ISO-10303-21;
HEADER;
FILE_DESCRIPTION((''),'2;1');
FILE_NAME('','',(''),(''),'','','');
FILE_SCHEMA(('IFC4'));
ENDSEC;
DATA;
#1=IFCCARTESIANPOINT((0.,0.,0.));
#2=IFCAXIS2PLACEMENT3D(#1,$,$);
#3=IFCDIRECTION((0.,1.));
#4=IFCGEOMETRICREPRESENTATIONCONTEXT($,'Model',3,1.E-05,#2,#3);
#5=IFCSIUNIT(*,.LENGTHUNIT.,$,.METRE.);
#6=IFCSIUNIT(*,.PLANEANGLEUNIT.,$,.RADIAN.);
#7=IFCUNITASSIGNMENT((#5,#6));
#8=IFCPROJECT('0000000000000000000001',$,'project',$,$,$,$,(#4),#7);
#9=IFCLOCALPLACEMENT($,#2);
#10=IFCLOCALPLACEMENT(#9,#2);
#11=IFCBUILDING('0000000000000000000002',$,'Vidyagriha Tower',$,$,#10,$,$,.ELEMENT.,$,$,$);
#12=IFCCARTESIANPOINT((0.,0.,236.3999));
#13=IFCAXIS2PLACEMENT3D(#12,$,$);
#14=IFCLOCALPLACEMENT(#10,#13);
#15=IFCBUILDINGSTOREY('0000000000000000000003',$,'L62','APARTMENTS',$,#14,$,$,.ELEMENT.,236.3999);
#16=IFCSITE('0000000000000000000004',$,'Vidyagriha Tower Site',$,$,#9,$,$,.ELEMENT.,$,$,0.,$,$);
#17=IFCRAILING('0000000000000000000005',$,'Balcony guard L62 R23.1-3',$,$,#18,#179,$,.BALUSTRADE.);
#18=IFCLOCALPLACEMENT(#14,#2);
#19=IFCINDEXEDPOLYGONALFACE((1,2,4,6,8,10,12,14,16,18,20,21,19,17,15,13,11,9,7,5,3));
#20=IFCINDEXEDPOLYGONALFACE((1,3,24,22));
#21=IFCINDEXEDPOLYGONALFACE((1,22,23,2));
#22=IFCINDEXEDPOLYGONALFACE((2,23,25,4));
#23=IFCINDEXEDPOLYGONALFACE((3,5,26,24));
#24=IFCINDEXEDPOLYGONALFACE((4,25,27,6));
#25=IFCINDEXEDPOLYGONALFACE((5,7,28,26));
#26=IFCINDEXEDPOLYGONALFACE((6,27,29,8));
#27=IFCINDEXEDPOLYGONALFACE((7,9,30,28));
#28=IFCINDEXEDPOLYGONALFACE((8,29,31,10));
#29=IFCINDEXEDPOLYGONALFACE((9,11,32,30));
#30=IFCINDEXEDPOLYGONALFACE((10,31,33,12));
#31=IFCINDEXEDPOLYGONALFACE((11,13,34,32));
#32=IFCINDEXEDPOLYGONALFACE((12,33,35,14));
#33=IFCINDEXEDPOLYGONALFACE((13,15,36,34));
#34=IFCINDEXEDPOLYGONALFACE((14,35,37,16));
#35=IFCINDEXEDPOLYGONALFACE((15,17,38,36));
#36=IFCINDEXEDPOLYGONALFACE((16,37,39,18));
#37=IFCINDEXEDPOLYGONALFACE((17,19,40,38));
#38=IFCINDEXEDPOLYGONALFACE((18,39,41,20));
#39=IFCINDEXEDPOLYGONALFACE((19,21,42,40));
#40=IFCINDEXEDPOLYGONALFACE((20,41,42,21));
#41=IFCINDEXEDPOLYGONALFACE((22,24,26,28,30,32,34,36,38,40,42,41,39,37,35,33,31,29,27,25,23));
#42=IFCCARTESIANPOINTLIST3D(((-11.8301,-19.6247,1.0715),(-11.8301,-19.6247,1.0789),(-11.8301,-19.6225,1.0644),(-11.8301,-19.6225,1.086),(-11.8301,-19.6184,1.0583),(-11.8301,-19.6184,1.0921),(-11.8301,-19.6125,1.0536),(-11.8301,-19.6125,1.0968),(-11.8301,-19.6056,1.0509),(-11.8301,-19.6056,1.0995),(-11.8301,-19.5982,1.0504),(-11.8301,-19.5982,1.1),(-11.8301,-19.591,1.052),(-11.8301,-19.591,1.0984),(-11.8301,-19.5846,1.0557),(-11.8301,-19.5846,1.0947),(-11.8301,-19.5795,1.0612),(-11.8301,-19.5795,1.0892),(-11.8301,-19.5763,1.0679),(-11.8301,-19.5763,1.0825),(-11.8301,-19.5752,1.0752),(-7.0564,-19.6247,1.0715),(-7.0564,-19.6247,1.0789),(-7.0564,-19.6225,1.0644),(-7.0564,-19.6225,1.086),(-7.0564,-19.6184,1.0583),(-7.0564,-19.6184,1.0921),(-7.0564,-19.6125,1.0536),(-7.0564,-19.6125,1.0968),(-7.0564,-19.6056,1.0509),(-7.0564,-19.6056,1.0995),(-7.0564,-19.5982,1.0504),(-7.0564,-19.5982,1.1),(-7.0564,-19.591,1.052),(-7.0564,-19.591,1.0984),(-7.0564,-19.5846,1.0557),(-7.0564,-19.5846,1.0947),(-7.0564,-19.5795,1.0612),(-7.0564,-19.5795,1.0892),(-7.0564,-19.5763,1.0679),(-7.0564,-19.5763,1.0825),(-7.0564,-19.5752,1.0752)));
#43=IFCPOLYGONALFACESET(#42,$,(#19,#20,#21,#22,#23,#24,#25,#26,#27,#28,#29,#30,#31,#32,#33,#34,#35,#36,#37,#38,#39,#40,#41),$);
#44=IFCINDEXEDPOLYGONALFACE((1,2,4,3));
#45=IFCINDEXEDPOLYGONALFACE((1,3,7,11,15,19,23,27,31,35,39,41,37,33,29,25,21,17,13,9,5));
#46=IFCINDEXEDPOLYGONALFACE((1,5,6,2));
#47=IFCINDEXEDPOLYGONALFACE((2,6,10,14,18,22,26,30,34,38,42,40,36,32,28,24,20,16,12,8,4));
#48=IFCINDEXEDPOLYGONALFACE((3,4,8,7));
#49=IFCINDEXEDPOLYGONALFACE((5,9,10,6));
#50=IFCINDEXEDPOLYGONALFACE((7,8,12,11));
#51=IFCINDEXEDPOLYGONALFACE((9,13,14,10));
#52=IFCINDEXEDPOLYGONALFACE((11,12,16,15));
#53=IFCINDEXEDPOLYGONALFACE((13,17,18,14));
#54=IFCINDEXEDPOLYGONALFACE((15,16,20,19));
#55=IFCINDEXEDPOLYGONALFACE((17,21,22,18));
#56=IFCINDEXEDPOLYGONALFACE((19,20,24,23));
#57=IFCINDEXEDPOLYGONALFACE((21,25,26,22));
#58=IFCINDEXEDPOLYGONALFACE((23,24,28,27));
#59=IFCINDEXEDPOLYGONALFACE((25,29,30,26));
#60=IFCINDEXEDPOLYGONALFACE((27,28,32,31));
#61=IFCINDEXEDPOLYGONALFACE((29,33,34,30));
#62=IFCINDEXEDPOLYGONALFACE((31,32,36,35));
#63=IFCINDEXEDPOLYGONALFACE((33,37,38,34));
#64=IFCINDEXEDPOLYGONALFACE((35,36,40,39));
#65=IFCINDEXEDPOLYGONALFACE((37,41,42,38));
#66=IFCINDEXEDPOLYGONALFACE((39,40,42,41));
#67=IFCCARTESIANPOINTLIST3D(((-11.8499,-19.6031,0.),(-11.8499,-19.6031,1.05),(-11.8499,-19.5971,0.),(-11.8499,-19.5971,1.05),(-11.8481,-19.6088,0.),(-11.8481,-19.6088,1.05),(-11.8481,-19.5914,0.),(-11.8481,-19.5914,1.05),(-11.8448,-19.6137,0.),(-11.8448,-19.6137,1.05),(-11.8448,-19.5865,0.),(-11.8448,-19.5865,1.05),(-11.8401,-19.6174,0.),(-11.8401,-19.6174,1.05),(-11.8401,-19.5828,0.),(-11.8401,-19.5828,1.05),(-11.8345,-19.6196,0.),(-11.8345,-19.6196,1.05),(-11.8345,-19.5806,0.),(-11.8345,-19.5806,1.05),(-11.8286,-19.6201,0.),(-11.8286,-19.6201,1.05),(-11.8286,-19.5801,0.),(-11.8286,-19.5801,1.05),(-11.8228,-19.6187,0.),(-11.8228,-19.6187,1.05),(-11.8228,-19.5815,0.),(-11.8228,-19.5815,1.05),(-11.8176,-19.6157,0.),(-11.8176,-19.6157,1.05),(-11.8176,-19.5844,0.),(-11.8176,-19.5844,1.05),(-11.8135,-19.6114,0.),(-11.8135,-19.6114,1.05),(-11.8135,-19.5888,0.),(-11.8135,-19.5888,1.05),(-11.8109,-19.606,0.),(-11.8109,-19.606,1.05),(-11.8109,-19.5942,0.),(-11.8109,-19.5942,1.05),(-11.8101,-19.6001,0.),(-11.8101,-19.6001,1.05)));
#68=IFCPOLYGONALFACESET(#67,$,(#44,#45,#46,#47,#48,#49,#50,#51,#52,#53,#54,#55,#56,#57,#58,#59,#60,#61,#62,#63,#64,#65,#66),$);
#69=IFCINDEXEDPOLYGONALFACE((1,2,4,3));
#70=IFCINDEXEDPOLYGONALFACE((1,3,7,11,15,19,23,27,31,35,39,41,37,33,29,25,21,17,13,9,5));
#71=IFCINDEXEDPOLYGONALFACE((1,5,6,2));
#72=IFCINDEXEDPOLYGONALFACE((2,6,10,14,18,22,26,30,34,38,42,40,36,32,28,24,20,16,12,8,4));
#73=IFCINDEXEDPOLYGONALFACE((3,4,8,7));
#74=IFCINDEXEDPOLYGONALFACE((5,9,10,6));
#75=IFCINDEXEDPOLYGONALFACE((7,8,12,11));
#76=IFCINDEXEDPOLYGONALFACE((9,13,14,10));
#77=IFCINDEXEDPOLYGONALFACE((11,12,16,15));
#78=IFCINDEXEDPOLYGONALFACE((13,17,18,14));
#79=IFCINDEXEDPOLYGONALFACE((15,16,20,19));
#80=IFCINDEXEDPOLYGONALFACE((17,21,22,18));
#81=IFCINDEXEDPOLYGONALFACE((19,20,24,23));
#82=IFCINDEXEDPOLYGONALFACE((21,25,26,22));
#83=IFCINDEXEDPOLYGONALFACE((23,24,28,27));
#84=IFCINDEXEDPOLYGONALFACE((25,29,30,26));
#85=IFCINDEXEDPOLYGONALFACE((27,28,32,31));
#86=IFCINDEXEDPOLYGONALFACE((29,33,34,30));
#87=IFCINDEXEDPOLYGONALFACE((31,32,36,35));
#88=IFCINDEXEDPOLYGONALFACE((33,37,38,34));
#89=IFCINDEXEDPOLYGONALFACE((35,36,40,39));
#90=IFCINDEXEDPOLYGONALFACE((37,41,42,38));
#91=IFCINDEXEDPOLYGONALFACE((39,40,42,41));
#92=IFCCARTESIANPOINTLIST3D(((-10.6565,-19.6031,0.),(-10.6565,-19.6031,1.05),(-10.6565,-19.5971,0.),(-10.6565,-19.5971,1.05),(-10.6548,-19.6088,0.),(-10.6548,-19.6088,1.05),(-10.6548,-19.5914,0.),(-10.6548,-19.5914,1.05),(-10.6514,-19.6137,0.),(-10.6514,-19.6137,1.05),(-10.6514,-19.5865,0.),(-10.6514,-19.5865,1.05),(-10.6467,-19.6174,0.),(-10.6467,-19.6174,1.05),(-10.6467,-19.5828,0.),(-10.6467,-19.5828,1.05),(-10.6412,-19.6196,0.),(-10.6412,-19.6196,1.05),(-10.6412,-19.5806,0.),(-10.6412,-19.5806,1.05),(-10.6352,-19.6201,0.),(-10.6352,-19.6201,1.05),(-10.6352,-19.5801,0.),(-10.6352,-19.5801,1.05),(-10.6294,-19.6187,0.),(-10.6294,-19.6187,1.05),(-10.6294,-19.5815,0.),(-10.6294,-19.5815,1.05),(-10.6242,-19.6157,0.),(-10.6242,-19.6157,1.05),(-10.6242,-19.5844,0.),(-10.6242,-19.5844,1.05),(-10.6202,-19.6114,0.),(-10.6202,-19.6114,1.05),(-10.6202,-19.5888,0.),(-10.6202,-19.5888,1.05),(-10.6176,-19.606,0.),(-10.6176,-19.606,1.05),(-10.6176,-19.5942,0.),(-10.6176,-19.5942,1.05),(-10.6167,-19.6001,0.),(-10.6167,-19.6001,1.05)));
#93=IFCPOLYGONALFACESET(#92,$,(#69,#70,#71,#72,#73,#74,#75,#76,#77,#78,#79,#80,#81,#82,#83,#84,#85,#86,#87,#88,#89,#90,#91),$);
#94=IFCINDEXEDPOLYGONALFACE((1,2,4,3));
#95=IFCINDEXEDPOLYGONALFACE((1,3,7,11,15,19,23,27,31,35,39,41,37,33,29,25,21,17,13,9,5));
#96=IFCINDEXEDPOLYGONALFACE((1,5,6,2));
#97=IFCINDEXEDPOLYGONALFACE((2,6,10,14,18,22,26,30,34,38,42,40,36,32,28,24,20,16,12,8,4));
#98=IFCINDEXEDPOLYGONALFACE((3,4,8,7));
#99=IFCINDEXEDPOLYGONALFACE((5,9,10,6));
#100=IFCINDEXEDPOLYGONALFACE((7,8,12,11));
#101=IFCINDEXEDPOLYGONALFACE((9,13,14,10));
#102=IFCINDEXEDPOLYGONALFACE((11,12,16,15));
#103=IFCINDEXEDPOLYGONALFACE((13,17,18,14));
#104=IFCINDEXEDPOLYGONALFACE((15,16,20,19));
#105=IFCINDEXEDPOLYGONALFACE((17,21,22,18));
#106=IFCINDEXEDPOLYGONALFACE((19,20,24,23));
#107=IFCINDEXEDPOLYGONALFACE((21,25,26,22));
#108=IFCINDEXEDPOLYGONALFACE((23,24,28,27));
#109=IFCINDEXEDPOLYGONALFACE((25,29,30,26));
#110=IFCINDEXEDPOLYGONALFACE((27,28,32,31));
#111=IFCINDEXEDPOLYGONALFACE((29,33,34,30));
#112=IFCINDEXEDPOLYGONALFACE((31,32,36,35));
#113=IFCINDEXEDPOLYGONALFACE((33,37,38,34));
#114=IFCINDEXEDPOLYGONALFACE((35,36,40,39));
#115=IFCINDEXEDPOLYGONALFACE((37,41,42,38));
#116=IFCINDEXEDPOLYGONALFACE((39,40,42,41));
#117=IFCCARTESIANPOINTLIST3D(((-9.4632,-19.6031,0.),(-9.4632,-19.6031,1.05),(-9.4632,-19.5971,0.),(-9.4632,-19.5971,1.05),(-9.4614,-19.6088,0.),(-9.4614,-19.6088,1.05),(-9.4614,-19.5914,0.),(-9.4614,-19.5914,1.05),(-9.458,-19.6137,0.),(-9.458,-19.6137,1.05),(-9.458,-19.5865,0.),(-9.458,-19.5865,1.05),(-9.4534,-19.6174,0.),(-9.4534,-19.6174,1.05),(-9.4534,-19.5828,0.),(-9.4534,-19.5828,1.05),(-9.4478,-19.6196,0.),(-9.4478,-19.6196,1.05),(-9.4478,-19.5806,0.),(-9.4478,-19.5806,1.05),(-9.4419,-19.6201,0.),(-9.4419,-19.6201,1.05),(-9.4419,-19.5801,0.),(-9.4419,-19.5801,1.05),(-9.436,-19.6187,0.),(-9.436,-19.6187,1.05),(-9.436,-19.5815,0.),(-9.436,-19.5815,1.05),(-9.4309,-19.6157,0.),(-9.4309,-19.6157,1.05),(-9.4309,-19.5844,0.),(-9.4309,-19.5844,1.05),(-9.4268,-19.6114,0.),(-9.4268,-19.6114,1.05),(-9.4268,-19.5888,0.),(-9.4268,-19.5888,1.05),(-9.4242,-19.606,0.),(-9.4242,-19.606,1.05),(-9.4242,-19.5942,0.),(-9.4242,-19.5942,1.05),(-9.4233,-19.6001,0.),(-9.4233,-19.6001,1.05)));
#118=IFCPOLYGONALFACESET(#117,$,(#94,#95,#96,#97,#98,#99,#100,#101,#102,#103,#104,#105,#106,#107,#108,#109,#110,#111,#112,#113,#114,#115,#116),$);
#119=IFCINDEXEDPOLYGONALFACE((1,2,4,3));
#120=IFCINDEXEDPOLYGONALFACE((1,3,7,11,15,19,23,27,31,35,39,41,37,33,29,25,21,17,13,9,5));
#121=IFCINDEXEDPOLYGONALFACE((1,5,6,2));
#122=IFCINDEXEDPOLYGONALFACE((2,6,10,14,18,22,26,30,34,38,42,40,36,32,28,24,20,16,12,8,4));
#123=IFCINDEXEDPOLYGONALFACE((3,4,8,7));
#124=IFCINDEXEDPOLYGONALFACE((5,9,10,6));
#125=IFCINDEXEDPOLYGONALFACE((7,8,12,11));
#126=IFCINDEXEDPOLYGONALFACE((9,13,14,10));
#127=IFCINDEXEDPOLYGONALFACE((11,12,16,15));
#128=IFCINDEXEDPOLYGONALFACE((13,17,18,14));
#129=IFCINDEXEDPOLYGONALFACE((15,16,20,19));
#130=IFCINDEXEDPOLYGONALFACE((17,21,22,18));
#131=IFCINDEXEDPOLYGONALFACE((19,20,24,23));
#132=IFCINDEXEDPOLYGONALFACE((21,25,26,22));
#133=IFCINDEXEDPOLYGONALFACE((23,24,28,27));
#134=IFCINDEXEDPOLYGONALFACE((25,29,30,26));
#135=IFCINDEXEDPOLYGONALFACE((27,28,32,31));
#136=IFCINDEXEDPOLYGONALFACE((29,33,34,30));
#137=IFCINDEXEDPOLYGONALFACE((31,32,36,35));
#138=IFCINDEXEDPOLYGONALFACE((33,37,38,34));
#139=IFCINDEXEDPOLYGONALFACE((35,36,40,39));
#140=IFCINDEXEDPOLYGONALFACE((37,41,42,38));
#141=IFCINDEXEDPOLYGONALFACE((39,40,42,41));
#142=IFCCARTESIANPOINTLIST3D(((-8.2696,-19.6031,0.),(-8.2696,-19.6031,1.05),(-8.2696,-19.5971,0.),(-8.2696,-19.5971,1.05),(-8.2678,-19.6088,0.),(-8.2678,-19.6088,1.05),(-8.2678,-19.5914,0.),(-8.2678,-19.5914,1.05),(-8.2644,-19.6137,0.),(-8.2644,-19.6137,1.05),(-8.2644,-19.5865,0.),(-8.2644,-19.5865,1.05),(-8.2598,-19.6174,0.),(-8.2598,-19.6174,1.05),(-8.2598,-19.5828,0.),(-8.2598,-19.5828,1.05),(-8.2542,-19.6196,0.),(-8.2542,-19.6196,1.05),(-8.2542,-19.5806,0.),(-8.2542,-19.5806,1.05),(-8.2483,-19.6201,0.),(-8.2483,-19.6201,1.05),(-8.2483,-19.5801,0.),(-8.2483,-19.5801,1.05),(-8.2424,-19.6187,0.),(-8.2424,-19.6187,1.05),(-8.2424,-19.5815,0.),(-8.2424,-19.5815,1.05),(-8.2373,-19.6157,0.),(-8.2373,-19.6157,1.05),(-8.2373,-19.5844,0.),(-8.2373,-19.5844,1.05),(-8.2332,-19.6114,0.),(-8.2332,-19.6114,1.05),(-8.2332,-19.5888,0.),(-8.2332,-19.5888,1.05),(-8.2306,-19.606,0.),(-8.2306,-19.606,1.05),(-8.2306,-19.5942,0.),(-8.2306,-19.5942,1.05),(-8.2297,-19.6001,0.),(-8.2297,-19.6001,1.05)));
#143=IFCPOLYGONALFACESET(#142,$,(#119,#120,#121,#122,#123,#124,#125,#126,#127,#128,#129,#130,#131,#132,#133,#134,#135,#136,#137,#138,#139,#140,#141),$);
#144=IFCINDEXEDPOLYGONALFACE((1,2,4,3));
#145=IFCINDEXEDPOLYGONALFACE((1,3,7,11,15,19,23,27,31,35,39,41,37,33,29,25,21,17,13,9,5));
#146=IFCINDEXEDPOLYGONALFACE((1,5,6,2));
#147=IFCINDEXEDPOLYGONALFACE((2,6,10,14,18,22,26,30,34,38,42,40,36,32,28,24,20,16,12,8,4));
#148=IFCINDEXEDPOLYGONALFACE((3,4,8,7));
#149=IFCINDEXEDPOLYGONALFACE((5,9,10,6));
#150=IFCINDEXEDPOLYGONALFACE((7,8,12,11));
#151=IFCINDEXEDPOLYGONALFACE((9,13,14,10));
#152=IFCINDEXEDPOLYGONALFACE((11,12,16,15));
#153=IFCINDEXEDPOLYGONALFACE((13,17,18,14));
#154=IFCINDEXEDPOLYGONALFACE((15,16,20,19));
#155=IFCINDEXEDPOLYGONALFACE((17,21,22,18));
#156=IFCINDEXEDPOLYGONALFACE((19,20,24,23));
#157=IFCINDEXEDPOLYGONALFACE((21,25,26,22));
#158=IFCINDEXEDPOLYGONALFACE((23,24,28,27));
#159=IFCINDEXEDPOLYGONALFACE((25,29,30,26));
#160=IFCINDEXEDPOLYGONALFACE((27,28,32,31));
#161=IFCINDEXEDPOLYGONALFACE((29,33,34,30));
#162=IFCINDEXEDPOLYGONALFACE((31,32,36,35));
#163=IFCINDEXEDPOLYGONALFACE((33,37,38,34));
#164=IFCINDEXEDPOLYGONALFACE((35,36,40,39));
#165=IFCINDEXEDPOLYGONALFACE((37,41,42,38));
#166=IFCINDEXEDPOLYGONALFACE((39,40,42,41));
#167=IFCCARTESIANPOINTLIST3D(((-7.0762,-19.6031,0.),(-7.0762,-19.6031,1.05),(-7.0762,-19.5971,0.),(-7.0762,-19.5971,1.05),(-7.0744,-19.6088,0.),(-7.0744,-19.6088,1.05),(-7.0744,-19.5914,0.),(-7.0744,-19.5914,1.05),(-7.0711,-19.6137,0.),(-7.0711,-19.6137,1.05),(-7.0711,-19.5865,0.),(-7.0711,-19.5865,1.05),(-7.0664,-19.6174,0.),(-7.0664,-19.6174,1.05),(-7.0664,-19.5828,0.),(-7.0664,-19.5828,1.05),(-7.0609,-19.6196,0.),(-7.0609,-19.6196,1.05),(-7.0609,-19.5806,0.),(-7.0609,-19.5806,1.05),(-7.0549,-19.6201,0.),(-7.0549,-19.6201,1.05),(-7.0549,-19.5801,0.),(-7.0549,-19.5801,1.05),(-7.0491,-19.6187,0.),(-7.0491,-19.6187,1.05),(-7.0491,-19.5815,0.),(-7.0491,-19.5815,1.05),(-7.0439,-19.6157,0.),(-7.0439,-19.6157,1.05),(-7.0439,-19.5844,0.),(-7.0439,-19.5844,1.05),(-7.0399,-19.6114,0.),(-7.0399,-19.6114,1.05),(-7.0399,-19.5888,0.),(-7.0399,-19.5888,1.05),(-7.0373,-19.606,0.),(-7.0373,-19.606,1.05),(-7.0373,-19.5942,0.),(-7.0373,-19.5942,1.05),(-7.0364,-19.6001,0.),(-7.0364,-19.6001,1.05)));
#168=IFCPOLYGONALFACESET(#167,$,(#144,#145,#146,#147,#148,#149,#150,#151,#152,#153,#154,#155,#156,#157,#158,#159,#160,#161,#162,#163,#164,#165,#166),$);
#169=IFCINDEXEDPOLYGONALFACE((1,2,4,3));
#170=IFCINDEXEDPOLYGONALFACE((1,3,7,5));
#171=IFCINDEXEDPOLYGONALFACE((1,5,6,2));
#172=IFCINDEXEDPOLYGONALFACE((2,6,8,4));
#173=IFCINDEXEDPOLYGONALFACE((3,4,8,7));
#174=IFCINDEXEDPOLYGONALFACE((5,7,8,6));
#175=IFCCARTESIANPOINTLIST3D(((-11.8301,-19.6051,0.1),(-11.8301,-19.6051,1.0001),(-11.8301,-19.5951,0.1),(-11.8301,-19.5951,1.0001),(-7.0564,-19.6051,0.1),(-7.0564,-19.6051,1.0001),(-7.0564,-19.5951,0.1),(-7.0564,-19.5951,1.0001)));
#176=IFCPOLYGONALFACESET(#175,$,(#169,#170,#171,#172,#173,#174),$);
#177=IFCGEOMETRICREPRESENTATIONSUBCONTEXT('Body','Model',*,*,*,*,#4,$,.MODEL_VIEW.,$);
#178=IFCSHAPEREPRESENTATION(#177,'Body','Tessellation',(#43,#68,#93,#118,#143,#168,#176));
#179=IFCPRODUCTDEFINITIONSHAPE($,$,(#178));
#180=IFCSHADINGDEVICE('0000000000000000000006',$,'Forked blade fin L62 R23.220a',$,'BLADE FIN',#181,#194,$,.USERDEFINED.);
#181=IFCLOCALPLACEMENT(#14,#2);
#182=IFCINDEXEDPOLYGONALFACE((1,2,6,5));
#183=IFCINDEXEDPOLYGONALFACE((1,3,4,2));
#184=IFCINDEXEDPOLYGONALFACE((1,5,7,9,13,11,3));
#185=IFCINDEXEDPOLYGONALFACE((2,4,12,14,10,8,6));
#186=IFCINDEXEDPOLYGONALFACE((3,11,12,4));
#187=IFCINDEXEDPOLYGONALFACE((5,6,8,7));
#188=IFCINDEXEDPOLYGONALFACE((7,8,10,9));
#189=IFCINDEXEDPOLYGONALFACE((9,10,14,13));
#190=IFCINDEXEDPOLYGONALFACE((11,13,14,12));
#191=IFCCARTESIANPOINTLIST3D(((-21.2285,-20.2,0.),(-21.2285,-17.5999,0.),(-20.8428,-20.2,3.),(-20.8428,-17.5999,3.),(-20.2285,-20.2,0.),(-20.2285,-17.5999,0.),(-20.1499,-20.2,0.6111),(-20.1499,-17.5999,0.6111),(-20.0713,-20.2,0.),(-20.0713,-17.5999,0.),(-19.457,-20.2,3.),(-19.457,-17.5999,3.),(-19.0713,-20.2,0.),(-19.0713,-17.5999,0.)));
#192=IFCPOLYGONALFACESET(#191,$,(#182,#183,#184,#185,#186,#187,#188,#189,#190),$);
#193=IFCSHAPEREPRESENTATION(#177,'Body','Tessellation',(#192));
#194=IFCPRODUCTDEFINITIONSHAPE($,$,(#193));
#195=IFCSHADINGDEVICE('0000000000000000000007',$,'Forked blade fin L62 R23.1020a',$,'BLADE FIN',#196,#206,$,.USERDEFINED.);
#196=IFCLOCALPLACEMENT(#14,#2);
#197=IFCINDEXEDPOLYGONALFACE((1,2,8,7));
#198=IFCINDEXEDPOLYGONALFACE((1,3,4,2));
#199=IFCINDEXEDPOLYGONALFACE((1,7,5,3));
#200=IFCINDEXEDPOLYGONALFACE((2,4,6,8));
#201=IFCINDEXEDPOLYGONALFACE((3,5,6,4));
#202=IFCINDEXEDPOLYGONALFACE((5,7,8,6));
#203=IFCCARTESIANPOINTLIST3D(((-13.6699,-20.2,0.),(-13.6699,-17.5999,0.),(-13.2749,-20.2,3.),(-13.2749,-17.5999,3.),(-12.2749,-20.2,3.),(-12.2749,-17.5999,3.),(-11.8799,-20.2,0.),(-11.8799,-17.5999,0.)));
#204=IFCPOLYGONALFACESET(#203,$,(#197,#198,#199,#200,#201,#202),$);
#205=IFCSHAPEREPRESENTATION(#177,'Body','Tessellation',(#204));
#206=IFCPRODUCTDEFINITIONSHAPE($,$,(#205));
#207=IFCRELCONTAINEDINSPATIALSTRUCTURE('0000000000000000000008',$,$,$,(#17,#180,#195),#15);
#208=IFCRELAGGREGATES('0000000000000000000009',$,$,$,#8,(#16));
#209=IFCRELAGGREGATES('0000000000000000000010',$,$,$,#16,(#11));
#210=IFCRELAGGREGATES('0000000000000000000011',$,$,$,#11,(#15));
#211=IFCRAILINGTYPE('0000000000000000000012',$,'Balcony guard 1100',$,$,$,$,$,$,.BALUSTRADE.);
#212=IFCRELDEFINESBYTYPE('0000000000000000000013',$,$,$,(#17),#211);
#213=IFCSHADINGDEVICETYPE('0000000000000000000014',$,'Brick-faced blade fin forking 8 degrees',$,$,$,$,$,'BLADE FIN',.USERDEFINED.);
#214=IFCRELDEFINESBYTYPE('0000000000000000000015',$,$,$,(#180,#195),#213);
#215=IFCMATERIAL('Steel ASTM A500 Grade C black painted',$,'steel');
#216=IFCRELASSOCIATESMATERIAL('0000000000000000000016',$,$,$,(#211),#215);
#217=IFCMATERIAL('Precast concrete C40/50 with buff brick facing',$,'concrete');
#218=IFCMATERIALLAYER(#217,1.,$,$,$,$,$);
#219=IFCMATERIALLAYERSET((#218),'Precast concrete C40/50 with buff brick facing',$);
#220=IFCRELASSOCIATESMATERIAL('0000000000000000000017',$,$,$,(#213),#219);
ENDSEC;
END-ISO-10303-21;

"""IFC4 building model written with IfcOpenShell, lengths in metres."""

from ifc_helpers import new_model, si_unit, direction, frame, origin, origin_2d, place, context, subcontext, project, spatial, polyline, rectangle, circle, outline, extrude, material, layer, layer_set, type_object, element, save


model = new_model("IFC4")

# Units and contexts
model_context = context("Model", 3, precision=1e-05, world=origin(), true_north=direction((0.0, 1.0)))
body_context = subcontext(model_context, "Body", "Model", "MODEL_VIEW")
ifc_project = project(units=[si_unit("LENGTHUNIT", "METRE"), si_unit("PLANEANGLEUNIT", "RADIAN")], contexts=[model_context])

# Site, building, storey
site_placement = place(None, origin())
site = spatial("IfcSite", under=ifc_project, at=site_placement, Name="Vidyagriha Tower Site", CompositionType="ELEMENT", RefElevation=0.0)
building_placement = place(site_placement, origin())
building = spatial("IfcBuilding", under=site, at=building_placement, Name="Vidyagriha Tower", CompositionType="ELEMENT")
storey_placement = place(building_placement, frame((0.0, 0.0, 236.3999)))
storey = spatial("IfcBuildingStorey", under=building, at=storey_placement, Name="L62", Description="APARTMENTS", CompositionType="ELEMENT", Elevation=236.3999)

# Railing
ifc_material_1 = material(Name="Steel ASTM A500 Grade C black painted", Category="steel")
railing_type = type_object("IfcRailingType", Name="Balcony guard 1100", PredefinedType="BALUSTRADE", material=ifc_material_1)
railing_1_placement = place(storey_placement, frame((-11.8301, -19.6001, 0.0)))
element("IfcRailing", 1, at=railing_1_placement, inside=storey, type_object=railing_type, Name="Balcony guard L62 R23.1-3", PredefinedType="BALUSTRADE", context=body_context, shape_type="SweptSolid", body=[
    extrude(circle(Radius=0.0249, at=origin_2d()), frame((0.0, 0.0, 1.0752), z_axis=(1.0, 0.0, 0.0), x_axis=(0.0, 1.0, 0.0)), (0.0, 0.0, 1.0), 4.7737),
    extrude(circle(Radius=0.02, at=origin_2d()), origin(), (0.0, 0.0, 1.0), 1.05),
    extrude(circle(Radius=0.02, at=origin_2d()), frame((1.1934, 0.0, 0.0)), (0.0, 0.0, 1.0), 1.05),
    extrude(circle(Radius=0.02, at=origin_2d()), frame((2.3867, 0.0, 0.0)), (0.0, 0.0, 1.0), 1.05),
    extrude(circle(Radius=0.02, at=origin_2d()), frame((3.5803, 0.0, 0.0)), (0.0, 0.0, 1.0), 1.05),
    extrude(circle(Radius=0.02, at=origin_2d()), frame((4.7737, 0.0, 0.0)), (0.0, 0.0, 1.0), 1.05),
    extrude(rectangle(XDim=0.01, YDim=0.9001, at=origin_2d()), frame((0.0, 0.0, 0.55), z_axis=(1.0, 0.0, 0.0), x_axis=(0.0, 1.0, 0.0)), (0.0, 0.0, 1.0), 4.7737),
])

# Shading devices
ifc_material_2 = material(Name="Precast concrete C40/50 with buff brick facing", Category="concrete")
ifc_layer_1 = layer(ifc_material_2, 1.0)
ifc_layer_set_1 = layer_set([ifc_layer_1], Name="Precast concrete C40/50 with buff brick facing")
shading_device_type = type_object("IfcShadingDeviceType", Name="Brick-faced blade fin forking 8 degrees", ElementType="BLADE FIN", PredefinedType="USERDEFINED", material=ifc_layer_set_1)
shading_device_1_placement = place(storey_placement, frame((-21.2285, -18.8999, 0.0)))
element("IfcShadingDevice", 2, at=shading_device_1_placement, inside=storey, type_object=shading_device_type, Name="Forked blade fin L62 R23.220a", ObjectType="BLADE FIN", PredefinedType="USERDEFINED", context=body_context, shape_type="SweptSolid", body=[
    extrude(outline(polyline([(1.0, 0.0), (1.0786, 0.6111), (1.1572, 0.0), (2.1572, 0.0), (1.7715, 3.0), (0.3857, 3.0), (0.0, 0.0), (1.0, 0.0)])), frame((0.0, 1.3, 0.0), z_axis=(0.0, -1.0, 0.0), x_axis=(1.0, 0.0, 0.0)), (0.0, 0.0, 1.0), 2.6001),
])
shading_device_2_placement = place(storey_placement, frame((-13.6699, -18.8999, 0.0)))
element("IfcShadingDevice", 3, at=shading_device_2_placement, inside=storey, type_object=shading_device_type, Name="Forked blade fin L62 R23.1020a", ObjectType="BLADE FIN", PredefinedType="USERDEFINED", context=body_context, shape_type="SweptSolid", body=[
    extrude(outline(polyline([(0.0, 0.0), (1.79, 0.0), (1.395, 3.0), (0.395, 3.0), (0.0, 0.0)])), frame((0.0, 1.3, 0.0), z_axis=(0.0, -1.0, 0.0), x_axis=(1.0, 0.0, 0.0)), (0.0, 0.0, 1.0), 2.6001),
])

save(model, "model.ifc")
